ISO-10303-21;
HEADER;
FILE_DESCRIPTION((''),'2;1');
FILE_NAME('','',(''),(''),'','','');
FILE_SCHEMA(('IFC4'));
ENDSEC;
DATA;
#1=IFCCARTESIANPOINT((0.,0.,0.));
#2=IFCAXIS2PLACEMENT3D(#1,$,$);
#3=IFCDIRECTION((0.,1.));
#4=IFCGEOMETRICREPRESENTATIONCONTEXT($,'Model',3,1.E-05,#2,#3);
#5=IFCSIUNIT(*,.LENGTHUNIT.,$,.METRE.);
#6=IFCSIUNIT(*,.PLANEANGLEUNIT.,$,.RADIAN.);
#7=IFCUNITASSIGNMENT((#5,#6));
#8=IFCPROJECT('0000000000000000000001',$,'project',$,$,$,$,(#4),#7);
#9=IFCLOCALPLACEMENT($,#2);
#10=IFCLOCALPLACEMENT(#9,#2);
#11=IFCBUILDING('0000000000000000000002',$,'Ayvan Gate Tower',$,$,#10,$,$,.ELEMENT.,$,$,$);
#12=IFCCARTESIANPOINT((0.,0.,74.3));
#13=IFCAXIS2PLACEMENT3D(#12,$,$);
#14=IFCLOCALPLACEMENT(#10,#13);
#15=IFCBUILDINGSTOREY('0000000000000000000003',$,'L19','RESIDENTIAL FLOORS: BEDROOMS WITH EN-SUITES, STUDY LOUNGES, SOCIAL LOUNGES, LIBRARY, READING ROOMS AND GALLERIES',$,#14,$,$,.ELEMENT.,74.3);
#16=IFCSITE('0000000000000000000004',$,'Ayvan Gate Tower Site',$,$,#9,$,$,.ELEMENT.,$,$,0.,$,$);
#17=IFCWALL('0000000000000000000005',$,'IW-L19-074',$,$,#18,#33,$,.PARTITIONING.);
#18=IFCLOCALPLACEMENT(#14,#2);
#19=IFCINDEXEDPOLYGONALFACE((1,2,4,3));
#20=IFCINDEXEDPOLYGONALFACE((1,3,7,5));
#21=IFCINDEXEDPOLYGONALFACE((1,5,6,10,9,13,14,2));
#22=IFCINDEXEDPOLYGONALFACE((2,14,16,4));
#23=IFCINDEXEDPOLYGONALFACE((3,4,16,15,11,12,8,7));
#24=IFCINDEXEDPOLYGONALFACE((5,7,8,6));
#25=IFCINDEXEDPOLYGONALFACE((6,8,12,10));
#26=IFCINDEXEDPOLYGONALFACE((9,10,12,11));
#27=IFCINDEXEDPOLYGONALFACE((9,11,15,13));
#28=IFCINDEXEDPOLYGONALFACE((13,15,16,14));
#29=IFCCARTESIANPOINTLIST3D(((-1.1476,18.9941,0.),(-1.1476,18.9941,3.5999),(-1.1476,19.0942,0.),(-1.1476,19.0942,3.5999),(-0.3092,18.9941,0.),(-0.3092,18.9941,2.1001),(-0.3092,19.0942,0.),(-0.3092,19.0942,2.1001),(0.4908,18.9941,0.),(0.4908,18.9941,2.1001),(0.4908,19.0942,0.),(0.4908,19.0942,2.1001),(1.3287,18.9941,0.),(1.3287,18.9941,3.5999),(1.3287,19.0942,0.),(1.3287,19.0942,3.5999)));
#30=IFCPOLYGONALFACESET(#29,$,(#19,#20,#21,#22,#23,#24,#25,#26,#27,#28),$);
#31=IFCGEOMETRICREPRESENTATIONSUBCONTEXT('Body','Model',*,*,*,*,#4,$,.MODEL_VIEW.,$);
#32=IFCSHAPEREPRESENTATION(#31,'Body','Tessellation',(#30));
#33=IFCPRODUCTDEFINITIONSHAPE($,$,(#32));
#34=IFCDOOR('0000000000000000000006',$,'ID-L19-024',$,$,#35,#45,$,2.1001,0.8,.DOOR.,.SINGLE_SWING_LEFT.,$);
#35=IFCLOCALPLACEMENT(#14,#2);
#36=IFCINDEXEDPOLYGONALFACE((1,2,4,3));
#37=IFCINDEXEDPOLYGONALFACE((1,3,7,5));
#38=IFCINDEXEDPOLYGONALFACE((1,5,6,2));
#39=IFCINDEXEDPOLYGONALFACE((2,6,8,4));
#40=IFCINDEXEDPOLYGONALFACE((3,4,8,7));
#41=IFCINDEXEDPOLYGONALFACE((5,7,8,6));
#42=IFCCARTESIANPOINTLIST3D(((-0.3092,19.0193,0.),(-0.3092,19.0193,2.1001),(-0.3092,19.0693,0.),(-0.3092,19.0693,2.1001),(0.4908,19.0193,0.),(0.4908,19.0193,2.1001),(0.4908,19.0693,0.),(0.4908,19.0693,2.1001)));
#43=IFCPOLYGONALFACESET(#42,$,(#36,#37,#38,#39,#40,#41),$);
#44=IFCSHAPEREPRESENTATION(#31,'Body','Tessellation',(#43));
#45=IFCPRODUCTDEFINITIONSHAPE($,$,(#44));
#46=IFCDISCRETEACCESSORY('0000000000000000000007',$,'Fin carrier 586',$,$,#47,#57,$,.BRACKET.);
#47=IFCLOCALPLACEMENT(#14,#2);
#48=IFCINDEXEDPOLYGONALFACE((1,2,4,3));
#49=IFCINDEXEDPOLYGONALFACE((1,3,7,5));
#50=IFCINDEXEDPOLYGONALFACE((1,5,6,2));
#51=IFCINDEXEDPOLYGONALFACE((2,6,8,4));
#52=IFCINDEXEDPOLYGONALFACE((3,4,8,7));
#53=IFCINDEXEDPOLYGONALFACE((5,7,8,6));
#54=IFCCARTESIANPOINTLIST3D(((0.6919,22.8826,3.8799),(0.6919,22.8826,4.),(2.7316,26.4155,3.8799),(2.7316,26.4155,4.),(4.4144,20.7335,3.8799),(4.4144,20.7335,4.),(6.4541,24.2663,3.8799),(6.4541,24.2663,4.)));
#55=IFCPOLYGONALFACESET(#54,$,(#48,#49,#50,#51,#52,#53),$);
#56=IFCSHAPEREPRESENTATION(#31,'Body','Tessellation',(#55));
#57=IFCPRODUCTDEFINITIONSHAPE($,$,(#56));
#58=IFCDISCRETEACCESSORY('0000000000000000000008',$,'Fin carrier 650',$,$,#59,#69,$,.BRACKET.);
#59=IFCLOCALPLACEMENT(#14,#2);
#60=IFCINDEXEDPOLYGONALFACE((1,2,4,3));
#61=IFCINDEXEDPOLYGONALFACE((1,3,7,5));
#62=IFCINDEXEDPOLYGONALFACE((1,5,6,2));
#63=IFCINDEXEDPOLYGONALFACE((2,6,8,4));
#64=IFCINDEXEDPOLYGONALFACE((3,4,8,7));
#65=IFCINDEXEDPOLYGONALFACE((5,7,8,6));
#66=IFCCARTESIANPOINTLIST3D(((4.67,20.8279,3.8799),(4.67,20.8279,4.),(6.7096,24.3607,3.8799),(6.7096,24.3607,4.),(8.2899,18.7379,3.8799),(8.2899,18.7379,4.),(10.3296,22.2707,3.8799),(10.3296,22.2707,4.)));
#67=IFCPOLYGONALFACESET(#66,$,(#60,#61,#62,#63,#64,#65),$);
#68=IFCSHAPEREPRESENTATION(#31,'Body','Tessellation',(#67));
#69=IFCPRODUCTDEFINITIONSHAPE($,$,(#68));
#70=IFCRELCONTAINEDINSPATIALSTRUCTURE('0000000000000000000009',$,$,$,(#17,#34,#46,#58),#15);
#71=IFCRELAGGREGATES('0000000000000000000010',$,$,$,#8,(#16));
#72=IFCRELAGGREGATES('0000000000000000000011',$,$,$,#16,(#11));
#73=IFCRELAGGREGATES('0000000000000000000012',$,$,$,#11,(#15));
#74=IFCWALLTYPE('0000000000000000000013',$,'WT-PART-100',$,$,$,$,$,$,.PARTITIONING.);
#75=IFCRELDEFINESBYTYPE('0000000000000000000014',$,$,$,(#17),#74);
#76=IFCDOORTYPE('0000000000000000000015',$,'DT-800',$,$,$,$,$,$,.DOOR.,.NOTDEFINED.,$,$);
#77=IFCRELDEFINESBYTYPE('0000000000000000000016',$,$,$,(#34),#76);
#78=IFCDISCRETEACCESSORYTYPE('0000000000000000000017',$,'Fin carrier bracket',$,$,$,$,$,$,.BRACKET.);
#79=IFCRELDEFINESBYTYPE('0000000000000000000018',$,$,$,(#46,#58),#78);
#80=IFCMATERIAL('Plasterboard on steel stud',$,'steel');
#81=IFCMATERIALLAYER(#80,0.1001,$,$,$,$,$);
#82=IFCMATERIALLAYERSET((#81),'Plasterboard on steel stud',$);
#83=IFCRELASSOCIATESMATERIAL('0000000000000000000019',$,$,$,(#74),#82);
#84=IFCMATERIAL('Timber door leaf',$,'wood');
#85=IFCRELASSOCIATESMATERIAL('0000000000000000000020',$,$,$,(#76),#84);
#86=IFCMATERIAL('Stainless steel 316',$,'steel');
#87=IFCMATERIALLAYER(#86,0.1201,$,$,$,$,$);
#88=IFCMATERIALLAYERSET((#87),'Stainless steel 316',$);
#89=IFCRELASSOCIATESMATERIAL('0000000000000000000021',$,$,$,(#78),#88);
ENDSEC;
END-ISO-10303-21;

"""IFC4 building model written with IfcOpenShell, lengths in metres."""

from ifc_helpers import new_model, si_unit, direction, frame, frame_2d, origin, origin_2d, place, context, subcontext, project, spatial, rectangle, extrude, material, layer, layer_set, type_object, element, fill, save


model = new_model("IFC4")

# Units and contexts
model_context = context("Model", 3, precision=1e-05, world=origin(), true_north=direction((0.0, 1.0)))
body_context = subcontext(model_context, "Body", "Model", "MODEL_VIEW")
ifc_project = project(units=[si_unit("LENGTHUNIT", "METRE"), si_unit("PLANEANGLEUNIT", "RADIAN")], contexts=[model_context])

# Site, building, storey
site_placement = place(None, origin())
site = spatial("IfcSite", under=ifc_project, at=site_placement, Name="Ayvan Gate Tower Site", CompositionType="ELEMENT", RefElevation=0.0)
building_placement = place(site_placement, origin())
building = spatial("IfcBuilding", under=site, at=building_placement, Name="Ayvan Gate Tower", CompositionType="ELEMENT")
storey_placement = place(building_placement, frame((0.0, 0.0, 74.3)))
storey = spatial("IfcBuildingStorey", under=building, at=storey_placement, Name="L19", Description="RESIDENTIAL FLOORS: BEDROOMS WITH EN-SUITES, STUDY LOUNGES, SOCIAL LOUNGES, LIBRARY, READING ROOMS AND GALLERIES", CompositionType="ELEMENT", Elevation=74.3)

# Wall, opening, door
ifc_material_1 = material(Name="Plasterboard on steel stud", Category="steel")
ifc_layer_1 = layer(ifc_material_1, 0.1001)
ifc_layer_set_1 = layer_set([ifc_layer_1], Name="Plasterboard on steel stud")
wall_type = type_object("IfcWallType", Name="WT-PART-100", PredefinedType="PARTITIONING", material=ifc_layer_set_1)
wall_placement = place(storey_placement, frame((1.3289, 19.0442, 0.0), z_axis=(0.0, 0.0, 1.0), x_axis=(-1.0, 0.0, 0.0)))
wall = element("IfcWall", 1, at=wall_placement, inside=storey, type_object=wall_type, Name="IW-L19-074", PredefinedType="PARTITIONING", context=body_context, shape_type="SweptSolid", body=[
    extrude(rectangle(XDim=2.4763, YDim=0.1001, at=frame_2d((1.2383, 0.0))), origin(), (0.0, 0.0, 1.0), 3.5999),
])
opening_placement = place(wall_placement, frame((0.8381, 0.0, 0.0)))
opening = element("IfcOpeningElement", 2, at=opening_placement, cuts=wall, PredefinedType="OPENING", context=body_context, shape_type="SweptSolid", body=[
    extrude(rectangle(XDim=0.8, YDim=2.1001, at=frame_2d((0.3999, 1.05))), frame((0.0, 0.0601, 0.0), z_axis=(0.0, -1.0, 0.0), x_axis=(1.0, 0.0, 0.0)), (0.0, 0.0, 1.0), 0.1201),
])
ifc_material_2 = material(Name="Timber door leaf", Category="wood")
door_type = type_object("IfcDoorType", Name="DT-800", OperationType="NOTDEFINED", PredefinedType="DOOR", material=ifc_material_2)
door_placement = place(opening_placement, origin())
door = element("IfcDoor", 3, at=door_placement, inside=storey, type_object=door_type, Name="ID-L19-024", OperationType="SINGLE_SWING_LEFT", OverallHeight=2.1001, OverallWidth=0.8, PredefinedType="DOOR", context=body_context, shape_type="SweptSolid", body=[
    extrude(rectangle(XDim=0.8, YDim=2.1001, at=frame_2d((0.3999, 1.05))), frame((0.0, 0.0249, 0.0), z_axis=(0.0, -1.0, 0.0), x_axis=(1.0, 0.0, 0.0)), (0.0, 0.0, 1.0), 0.05),
])
fill(opening, door)

# Discrete accessories
ifc_material_3 = material(Name="Stainless steel 316", Category="steel")
ifc_layer_2 = layer(ifc_material_3, 0.1201)
ifc_layer_set_2 = layer_set([ifc_layer_2], Name="Stainless steel 316")
discrete_accessory_type = type_object("IfcDiscreteAccessoryType", Name="Fin carrier bracket", PredefinedType="BRACKET", material=ifc_layer_set_2)
discrete_accessory_1_placement = place(storey_placement, frame((3.573, 23.5745, 3.8799), z_axis=(0.0, 0.0, 1.0), x_axis=(-0.866025, 0.5, 0.0)))
element("IfcDiscreteAccessory", 4, at=discrete_accessory_1_placement, inside=storey, type_object=discrete_accessory_type, Name="Fin carrier 586", PredefinedType="BRACKET", context=body_context, shape_type="SweptSolid", body=[
    extrude(rectangle(XDim=4.2983, YDim=4.0793, at=origin_2d()), origin(), (0.0, 0.0, 1.0), 0.1201),
])
discrete_accessory_2_placement = place(storey_placement, frame((7.4998, 21.5493, 3.8799), z_axis=(0.0, 0.0, 1.0), x_axis=(-0.866025, 0.5, 0.0)))
element("IfcDiscreteAccessory", 5, at=discrete_accessory_2_placement, inside=storey, type_object=discrete_accessory_type, Name="Fin carrier 650", PredefinedType="BRACKET", context=body_context, shape_type="SweptSolid", body=[
    extrude(rectangle(XDim=4.1799, YDim=4.0793, at=origin_2d()), origin(), (0.0, 0.0, 1.0), 0.1201),
])

save(model, "model.ifc")
